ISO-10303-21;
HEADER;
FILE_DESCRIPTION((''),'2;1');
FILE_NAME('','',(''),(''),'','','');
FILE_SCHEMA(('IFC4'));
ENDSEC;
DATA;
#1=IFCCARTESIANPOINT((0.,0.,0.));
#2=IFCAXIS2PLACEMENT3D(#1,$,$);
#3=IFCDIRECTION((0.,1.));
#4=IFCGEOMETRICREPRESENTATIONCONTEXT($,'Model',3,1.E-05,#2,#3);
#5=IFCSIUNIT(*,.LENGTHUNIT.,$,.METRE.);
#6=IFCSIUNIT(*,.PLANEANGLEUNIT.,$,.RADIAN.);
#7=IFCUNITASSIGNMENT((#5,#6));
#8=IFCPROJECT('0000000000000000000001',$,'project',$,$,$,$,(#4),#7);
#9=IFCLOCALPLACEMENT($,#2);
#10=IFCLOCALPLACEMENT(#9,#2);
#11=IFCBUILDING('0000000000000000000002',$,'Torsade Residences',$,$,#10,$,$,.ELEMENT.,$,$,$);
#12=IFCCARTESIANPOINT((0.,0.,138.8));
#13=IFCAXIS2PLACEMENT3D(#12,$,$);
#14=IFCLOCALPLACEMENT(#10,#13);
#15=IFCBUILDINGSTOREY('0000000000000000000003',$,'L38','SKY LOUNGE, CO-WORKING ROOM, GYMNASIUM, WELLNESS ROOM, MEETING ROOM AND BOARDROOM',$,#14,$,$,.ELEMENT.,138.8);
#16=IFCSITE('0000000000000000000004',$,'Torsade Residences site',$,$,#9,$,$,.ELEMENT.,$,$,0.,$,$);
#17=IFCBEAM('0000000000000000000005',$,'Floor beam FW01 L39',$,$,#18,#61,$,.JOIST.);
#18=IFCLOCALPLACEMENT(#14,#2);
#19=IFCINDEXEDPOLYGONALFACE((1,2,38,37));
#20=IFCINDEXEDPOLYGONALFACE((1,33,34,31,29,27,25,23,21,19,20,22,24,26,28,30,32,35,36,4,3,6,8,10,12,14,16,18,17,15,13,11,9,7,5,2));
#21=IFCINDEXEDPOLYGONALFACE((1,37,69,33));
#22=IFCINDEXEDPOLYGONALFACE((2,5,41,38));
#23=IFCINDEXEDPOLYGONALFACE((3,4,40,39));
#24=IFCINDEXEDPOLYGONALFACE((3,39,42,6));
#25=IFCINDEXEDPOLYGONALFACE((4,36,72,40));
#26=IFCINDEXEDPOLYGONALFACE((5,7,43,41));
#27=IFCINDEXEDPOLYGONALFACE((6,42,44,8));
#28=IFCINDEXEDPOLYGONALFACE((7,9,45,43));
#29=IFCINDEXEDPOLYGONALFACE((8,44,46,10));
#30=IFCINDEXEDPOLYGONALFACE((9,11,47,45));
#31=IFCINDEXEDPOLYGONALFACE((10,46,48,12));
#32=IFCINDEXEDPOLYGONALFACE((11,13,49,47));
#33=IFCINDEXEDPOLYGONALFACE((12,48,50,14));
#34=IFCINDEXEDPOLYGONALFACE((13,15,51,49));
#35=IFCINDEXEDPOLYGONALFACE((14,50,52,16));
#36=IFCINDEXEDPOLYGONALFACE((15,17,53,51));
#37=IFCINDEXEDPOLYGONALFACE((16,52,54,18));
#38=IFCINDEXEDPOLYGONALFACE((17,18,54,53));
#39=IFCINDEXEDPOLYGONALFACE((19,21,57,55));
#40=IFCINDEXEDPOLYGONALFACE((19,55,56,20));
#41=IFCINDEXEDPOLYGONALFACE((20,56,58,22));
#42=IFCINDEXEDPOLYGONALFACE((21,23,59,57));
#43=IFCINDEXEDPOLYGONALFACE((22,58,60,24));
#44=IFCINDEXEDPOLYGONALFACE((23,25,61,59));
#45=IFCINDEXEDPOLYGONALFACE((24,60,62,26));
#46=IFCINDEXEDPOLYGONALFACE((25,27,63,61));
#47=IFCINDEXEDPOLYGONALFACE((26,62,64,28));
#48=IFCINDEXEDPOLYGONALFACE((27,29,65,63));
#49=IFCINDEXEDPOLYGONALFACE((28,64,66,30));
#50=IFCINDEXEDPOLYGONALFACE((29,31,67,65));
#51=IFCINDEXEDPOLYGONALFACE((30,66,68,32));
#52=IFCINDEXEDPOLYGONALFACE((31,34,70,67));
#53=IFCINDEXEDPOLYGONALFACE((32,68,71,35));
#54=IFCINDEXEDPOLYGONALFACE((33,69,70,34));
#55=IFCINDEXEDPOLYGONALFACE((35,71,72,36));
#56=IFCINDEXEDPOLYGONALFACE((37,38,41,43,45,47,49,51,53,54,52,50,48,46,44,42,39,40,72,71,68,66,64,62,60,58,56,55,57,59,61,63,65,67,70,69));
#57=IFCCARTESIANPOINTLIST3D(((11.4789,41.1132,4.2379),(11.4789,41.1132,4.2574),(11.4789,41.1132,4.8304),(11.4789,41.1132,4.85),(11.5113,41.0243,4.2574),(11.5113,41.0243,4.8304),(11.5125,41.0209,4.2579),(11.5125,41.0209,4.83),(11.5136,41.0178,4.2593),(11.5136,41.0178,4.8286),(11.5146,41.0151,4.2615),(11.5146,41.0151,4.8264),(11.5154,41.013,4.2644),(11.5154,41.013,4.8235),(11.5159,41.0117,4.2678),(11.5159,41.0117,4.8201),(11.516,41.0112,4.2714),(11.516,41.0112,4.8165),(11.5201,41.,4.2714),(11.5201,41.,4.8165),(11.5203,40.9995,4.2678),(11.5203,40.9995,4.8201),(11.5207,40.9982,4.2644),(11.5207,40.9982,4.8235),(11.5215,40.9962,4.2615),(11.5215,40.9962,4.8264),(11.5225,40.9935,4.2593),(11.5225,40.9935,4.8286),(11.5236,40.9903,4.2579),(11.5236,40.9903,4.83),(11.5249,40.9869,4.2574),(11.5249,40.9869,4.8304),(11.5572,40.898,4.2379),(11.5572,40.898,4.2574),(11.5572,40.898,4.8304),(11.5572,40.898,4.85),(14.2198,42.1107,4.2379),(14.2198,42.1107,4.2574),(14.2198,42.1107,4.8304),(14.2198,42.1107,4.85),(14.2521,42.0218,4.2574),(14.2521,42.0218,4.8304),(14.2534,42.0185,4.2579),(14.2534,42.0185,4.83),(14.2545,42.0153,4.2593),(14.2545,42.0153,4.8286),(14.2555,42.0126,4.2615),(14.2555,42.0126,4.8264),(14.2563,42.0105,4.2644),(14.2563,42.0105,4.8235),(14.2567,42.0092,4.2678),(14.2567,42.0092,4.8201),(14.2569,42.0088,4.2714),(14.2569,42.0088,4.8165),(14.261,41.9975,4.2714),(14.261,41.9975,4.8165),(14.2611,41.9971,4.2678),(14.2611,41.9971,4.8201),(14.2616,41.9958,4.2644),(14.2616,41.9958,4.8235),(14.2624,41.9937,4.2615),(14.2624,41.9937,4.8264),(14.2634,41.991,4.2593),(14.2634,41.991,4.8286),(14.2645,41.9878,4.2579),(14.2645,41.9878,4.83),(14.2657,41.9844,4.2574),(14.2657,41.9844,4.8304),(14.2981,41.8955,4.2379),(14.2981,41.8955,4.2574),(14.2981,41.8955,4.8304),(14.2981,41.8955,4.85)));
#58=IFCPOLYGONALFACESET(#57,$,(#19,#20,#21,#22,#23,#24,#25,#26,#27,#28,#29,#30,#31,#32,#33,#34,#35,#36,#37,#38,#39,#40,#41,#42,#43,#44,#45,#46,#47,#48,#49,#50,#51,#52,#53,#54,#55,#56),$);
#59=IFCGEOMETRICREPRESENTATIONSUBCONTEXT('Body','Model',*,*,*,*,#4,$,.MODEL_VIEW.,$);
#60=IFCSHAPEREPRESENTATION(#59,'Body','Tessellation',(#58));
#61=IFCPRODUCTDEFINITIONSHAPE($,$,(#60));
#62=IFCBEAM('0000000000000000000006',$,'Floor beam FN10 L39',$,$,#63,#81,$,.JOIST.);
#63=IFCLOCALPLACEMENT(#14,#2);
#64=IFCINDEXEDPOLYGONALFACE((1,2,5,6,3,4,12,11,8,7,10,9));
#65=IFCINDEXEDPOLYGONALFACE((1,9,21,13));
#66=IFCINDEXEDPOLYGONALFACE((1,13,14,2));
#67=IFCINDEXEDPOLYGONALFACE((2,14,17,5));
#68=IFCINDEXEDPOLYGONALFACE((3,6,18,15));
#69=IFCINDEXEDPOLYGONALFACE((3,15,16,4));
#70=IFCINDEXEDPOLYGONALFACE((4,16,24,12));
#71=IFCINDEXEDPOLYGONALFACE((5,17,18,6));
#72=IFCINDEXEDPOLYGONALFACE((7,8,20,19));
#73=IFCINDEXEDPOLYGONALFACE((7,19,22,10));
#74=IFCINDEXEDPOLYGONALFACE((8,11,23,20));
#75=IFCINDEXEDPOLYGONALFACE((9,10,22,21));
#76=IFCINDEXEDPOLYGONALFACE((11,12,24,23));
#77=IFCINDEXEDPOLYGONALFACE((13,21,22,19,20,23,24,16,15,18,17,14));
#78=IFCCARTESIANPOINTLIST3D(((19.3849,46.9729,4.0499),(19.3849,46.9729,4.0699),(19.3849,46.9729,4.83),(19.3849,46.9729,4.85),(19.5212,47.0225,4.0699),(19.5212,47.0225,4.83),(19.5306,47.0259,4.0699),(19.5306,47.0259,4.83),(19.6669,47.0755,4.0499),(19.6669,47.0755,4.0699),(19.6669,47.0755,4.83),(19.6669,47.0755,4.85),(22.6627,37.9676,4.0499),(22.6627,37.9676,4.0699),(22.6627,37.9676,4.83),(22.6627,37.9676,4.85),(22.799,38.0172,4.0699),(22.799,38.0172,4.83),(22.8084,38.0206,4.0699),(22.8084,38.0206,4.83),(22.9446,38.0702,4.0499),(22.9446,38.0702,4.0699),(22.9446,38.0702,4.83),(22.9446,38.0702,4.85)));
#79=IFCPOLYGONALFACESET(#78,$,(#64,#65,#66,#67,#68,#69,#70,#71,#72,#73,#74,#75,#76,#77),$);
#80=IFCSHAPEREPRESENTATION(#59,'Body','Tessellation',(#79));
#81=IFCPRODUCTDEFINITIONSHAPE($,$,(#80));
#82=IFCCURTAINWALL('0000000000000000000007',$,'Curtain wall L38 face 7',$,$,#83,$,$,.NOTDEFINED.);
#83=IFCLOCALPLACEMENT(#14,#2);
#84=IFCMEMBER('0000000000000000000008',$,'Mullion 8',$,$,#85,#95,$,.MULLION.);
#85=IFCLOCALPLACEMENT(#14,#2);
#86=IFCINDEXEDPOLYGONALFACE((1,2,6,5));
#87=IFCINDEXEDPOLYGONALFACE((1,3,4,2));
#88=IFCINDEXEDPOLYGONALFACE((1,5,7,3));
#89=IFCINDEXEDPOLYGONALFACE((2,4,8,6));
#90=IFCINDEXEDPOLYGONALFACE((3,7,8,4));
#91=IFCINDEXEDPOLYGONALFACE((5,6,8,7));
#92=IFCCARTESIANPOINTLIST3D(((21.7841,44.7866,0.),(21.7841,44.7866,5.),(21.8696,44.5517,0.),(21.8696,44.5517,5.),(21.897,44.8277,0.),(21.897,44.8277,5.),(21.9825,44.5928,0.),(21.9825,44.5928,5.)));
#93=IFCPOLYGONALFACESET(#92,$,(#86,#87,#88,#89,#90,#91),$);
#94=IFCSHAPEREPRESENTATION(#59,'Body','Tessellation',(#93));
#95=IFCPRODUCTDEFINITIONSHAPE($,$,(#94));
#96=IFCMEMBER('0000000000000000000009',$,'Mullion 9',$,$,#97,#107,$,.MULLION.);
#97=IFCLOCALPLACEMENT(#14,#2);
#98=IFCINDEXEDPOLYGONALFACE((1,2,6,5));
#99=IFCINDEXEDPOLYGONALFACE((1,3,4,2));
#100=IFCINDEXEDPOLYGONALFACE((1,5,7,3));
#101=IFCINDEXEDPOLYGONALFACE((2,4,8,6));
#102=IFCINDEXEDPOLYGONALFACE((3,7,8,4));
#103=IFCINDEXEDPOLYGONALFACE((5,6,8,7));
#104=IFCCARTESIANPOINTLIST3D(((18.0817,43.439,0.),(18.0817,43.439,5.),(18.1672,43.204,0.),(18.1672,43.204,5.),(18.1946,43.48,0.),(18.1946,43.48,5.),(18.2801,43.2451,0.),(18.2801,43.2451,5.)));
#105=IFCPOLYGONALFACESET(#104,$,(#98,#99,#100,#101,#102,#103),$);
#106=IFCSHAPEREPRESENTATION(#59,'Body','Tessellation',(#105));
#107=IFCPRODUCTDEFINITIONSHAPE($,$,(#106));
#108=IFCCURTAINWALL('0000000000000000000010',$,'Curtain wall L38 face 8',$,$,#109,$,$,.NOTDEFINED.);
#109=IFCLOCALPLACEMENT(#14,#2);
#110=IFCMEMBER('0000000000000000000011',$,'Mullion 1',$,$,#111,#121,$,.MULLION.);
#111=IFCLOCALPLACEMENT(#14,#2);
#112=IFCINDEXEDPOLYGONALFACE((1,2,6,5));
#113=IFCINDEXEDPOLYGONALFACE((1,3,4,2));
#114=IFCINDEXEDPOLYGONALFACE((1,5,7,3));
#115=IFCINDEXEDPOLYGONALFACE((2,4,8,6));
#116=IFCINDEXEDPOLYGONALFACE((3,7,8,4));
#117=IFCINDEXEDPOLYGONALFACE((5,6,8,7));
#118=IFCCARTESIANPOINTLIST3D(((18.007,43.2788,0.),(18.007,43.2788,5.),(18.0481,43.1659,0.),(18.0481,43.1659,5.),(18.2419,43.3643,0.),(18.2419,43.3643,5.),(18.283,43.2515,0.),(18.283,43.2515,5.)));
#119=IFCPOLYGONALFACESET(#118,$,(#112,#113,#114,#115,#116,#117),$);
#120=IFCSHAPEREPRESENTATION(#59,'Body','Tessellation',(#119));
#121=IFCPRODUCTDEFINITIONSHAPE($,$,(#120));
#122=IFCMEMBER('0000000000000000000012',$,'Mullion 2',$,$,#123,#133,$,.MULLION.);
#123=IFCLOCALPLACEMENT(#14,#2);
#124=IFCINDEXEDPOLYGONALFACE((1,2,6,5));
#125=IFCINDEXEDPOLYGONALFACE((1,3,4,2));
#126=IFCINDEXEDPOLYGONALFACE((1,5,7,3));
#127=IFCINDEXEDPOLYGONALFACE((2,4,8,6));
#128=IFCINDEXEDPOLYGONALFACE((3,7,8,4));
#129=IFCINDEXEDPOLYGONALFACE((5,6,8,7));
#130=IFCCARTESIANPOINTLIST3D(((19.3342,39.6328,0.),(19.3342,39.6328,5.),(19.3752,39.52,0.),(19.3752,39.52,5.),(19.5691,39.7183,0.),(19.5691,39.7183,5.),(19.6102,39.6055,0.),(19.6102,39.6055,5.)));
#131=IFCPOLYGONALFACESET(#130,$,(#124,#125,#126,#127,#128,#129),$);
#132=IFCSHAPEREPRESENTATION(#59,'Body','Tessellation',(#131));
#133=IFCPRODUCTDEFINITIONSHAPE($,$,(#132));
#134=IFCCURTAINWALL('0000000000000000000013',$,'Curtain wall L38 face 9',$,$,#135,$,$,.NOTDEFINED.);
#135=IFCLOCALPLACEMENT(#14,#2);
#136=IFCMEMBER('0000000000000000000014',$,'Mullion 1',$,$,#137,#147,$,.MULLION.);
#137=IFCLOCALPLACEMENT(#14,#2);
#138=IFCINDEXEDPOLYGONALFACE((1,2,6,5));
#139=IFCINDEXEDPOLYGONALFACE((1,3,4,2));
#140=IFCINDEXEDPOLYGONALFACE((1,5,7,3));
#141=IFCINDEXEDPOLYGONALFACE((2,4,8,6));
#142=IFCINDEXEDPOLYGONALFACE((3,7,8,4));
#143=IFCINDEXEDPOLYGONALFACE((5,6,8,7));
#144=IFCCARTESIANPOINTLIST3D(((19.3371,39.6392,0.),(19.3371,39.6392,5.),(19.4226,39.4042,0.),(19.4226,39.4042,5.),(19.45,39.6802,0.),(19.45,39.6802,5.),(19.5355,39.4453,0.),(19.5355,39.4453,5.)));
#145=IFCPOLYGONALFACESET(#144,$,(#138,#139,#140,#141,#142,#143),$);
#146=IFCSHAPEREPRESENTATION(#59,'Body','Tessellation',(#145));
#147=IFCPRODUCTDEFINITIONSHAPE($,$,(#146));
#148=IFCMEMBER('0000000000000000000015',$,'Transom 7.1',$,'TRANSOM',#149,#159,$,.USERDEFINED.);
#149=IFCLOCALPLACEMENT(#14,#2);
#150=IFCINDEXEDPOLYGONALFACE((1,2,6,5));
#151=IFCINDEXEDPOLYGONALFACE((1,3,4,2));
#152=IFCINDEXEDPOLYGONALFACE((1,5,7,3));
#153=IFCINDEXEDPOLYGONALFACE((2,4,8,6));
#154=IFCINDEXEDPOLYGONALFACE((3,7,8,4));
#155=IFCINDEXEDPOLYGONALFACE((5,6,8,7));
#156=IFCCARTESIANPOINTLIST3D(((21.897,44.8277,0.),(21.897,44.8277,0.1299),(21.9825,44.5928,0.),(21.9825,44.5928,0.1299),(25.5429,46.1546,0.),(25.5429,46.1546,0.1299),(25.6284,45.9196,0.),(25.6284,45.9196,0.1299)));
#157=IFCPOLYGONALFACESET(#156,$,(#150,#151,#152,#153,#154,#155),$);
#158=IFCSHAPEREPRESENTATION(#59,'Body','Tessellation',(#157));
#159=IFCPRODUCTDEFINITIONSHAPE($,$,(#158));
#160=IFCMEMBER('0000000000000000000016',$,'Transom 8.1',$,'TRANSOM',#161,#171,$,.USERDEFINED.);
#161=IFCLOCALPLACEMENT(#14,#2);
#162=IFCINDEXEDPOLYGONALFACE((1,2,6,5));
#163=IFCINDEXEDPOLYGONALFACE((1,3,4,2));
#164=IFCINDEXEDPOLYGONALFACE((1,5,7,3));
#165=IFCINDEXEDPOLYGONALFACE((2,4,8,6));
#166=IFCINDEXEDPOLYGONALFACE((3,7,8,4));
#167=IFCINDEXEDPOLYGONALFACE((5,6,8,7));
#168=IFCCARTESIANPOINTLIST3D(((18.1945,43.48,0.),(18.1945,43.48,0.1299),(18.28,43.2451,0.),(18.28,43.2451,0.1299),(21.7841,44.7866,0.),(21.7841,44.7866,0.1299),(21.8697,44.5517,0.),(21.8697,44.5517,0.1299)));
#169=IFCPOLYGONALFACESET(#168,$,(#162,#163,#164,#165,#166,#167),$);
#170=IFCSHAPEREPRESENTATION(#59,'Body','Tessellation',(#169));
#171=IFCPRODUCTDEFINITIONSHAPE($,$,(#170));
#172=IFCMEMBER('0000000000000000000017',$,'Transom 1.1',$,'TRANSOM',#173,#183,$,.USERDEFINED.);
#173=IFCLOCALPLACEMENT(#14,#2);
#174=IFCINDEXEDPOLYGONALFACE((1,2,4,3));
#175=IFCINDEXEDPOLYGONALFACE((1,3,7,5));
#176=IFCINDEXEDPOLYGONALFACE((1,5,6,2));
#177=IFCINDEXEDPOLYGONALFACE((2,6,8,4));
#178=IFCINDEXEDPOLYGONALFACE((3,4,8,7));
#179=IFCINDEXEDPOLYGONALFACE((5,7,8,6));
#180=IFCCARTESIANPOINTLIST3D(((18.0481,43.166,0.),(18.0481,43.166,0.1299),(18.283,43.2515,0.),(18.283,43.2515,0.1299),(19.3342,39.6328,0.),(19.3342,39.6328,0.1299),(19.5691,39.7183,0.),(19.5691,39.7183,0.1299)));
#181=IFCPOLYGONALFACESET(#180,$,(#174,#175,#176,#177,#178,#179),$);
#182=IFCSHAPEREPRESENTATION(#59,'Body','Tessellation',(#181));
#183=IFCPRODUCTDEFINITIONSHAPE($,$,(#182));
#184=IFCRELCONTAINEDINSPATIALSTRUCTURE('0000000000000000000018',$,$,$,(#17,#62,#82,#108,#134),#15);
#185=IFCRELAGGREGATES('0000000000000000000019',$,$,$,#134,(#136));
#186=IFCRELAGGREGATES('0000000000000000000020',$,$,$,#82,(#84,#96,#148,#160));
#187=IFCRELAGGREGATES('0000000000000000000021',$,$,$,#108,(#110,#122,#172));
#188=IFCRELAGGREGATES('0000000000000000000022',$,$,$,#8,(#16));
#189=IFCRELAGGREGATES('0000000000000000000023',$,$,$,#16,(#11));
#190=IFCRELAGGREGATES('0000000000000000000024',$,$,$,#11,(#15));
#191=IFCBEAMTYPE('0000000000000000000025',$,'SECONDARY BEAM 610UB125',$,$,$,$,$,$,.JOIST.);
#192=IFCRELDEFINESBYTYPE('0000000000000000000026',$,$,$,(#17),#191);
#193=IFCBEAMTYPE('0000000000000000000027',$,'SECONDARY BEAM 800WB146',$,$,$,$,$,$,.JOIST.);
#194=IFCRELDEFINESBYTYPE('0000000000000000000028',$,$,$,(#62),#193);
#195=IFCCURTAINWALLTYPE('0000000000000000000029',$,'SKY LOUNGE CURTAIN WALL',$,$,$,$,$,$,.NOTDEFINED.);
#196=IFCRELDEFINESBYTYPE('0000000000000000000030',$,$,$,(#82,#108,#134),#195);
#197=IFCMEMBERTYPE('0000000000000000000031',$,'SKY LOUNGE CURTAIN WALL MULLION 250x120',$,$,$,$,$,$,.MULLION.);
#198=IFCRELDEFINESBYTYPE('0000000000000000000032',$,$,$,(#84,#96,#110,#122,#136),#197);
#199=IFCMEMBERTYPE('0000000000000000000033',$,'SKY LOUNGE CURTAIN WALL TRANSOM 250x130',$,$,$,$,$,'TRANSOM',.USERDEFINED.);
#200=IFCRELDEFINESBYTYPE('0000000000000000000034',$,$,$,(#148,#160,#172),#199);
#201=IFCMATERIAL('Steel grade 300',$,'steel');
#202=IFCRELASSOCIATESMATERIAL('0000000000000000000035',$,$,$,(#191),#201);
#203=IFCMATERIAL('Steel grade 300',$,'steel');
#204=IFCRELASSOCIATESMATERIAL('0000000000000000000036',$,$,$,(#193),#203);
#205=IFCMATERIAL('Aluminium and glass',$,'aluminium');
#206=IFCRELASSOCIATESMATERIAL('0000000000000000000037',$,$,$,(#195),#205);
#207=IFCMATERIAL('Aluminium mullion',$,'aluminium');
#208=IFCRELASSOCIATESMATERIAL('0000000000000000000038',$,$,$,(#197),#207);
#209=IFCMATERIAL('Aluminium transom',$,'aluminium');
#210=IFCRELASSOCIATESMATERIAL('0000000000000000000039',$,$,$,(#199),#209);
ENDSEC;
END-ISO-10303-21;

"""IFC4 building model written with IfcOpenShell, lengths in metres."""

from ifc_helpers import new_model, si_unit, direction, frame, origin, origin_2d, place, context, subcontext, project, spatial, rectangle, i_section, extrude, material, material_profile, profile_set, type_object, element, aggregate, save


model = new_model("IFC4")

# Units and contexts
model_context = context("Model", 3, precision=1e-05, world=origin(), true_north=direction((0.0, 1.0)))
body_context = subcontext(model_context, "Body", "Model", "MODEL_VIEW")
ifc_project = project(units=[si_unit("LENGTHUNIT", "METRE"), si_unit("PLANEANGLEUNIT", "RADIAN")], contexts=[model_context])

# Site, building, storey
site_placement = place(None, origin())
site = spatial("IfcSite", under=ifc_project, at=site_placement, Name="Torsade Residences site", CompositionType="ELEMENT", RefElevation=0.0)
building_placement = place(site_placement, origin())
building = spatial("IfcBuilding", under=site, at=building_placement, Name="Torsade Residences", CompositionType="ELEMENT")
storey_placement = place(building_placement, frame((0.0, 0.0, 138.8)))
storey = spatial("IfcBuildingStorey", under=building, at=storey_placement, Name="L38", Description="SKY LOUNGE, CO-WORKING ROOM, GYMNASIUM, WELLNESS ROOM, MEETING ROOM AND BOARDROOM", CompositionType="ELEMENT", Elevation=138.8)

# Beams
ifc_material_1 = material(Name="Steel grade 300", Category="steel")
ifc_material_profile_1 = material_profile(ifc_material_1, i_section(OverallWidth=0.229, OverallDepth=0.6121, WebThickness=0.012, FlangeThickness=0.0195, FilletRadius=0.0139, at=origin_2d()), Name="610UB125")
ifc_profile_set_1 = profile_set([ifc_material_profile_1], Name="Steel grade 300")
beam_type_1 = type_object("IfcBeamType", Name="SECONDARY BEAM 610UB125", PredefinedType="JOIST", material=ifc_profile_set_1)
for number, where, z_axis, x_axis, name in (
    (1, (11.5181, 41.0056, 4.5439), (0.939701, 0.341998, 0.0), (-0.341998, 0.939701, 0.0), "Floor beam FW01 L39"),
):
    element("IfcBeam", number, at=place(storey_placement, frame(where, z_axis=z_axis, x_axis=x_axis)), inside=storey, type_object=beam_type_1, Name=name, PredefinedType="JOIST", context=body_context, shape_type="SweptSolid", body=[
        extrude(i_section(OverallWidth=0.229, OverallDepth=0.6121, WebThickness=0.012, FlangeThickness=0.0195, FilletRadius=0.0139, at=origin_2d()), origin(), (0.0, 0.0, 1.0), 2.9167),
    ])
ifc_material_2 = material(Name="Steel grade 300", Category="steel")
ifc_material_profile_2 = material_profile(ifc_material_2, i_section(OverallWidth=0.3, OverallDepth=0.8, WebThickness=0.01, FlangeThickness=0.02, at=origin_2d()), Name="800WB146")
ifc_profile_set_2 = profile_set([ifc_material_profile_2], Name="Steel grade 300")
beam_type_2 = type_object("IfcBeamType", Name="SECONDARY BEAM 800WB146", PredefinedType="JOIST", material=ifc_profile_set_2)
beam_1_placement = place(storey_placement, frame((19.5259, 47.0242, 4.45), z_axis=(0.342034, -0.939688, 0.0), x_axis=(0.939688, 0.342034, 0.0)))
element("IfcBeam", 2, at=beam_1_placement, inside=storey, type_object=beam_type_2, Name="Floor beam FN10 L39", PredefinedType="JOIST", context=body_context, shape_type="SweptSolid", body=[
    extrude(i_section(OverallWidth=0.3, OverallDepth=0.8, WebThickness=0.01, FlangeThickness=0.02, at=origin_2d()), origin(), (0.0, 0.0, 1.0), 9.5833),
])

# Curtain walls, members
ifc_material_3 = material(Name="Aluminium and glass", Category="aluminium")
curtain_wall_type = type_object("IfcCurtainWallType", Name="SKY LOUNGE CURTAIN WALL", PredefinedType="NOTDEFINED", material=ifc_material_3)
curtain_wall_1_placement = place(storey_placement, origin())
curtain_wall_1 = element("IfcCurtainWall", 3, at=curtain_wall_1_placement, inside=storey, type_object=curtain_wall_type, Name="Curtain wall L38 face 7", PredefinedType="NOTDEFINED")
ifc_material_4 = material(Name="Aluminium mullion", Category="aluminium")
ifc_material_profile_3 = material_profile(ifc_material_4, rectangle(XDim=0.25, YDim=0.1201, at=origin_2d()), Name="SKY LOUNGE CURTAIN WALL MULLION 250x120")
ifc_profile_set_3 = profile_set([ifc_material_profile_3], Name="Aluminium mullion")
member_type_1 = type_object("IfcMemberType", Name="SKY LOUNGE CURTAIN WALL MULLION 250x120", PredefinedType="MULLION", material=ifc_profile_set_3)
member_1_placement = place(storey_placement, frame((21.8833, 44.6897, 0.0), z_axis=(0.0, 0.0, 1.0), x_axis=(0.34202, -0.939693, 0.0)))
member_1 = element("IfcMember", 4, at=member_1_placement, type_object=member_type_1, Name="Mullion 8", PredefinedType="MULLION", context=body_context, shape_type="SweptSolid", body=[
    extrude(rectangle(XDim=0.25, YDim=0.1201, at=origin_2d()), origin(), (0.0, 0.0, 1.0), 5.0),
])
member_2_placement = place(storey_placement, frame((18.1809, 43.342, 0.0), z_axis=(0.0, 0.0, 1.0), x_axis=(0.34202, -0.939693, 0.0)))
member_2 = element("IfcMember", 5, at=member_2_placement, type_object=member_type_1, Name="Mullion 9", PredefinedType="MULLION", context=body_context, shape_type="SweptSolid", body=[
    extrude(rectangle(XDim=0.25, YDim=0.1201, at=origin_2d()), origin(), (0.0, 0.0, 1.0), 5.0),
])
curtain_wall_2_placement = place(storey_placement, origin())
curtain_wall_2 = element("IfcCurtainWall", 6, at=curtain_wall_2_placement, inside=storey, type_object=curtain_wall_type, Name="Curtain wall L38 face 8", PredefinedType="NOTDEFINED")
member_3_placement = place(storey_placement, frame((18.145, 43.2651, 0.0), z_axis=(0.0, 0.0, 1.0), x_axis=(0.939693, 0.34202, 0.0)))
member_3 = element("IfcMember", 7, at=member_3_placement, type_object=member_type_1, Name="Mullion 1", PredefinedType="MULLION", context=body_context, shape_type="SweptSolid", body=[
    extrude(rectangle(XDim=0.25, YDim=0.1201, at=origin_2d()), origin(), (0.0, 0.0, 1.0), 5.0),
])
member_4_placement = place(storey_placement, frame((19.4722, 39.6191, 0.0), z_axis=(0.0, 0.0, 1.0), x_axis=(0.939693, 0.34202, 0.0)))
member_4 = element("IfcMember", 8, at=member_4_placement, type_object=member_type_1, Name="Mullion 2", PredefinedType="MULLION", context=body_context, shape_type="SweptSolid", body=[
    extrude(rectangle(XDim=0.25, YDim=0.1201, at=origin_2d()), origin(), (0.0, 0.0, 1.0), 5.0),
])

# Curtain wall, member
curtain_wall_3_placement = place(storey_placement, origin())
curtain_wall_3 = element("IfcCurtainWall", 9, at=curtain_wall_3_placement, inside=storey, type_object=curtain_wall_type, Name="Curtain wall L38 face 9", PredefinedType="NOTDEFINED")
member_5_placement = place(storey_placement, frame((19.4363, 39.5422, 0.0), z_axis=(0.0, 0.0, 1.0), x_axis=(0.34202, -0.939693, 0.0)))
member_5 = element("IfcMember", 10, at=member_5_placement, type_object=member_type_1, Name="Mullion 1", PredefinedType="MULLION", context=body_context, shape_type="SweptSolid", body=[
    extrude(rectangle(XDim=0.25, YDim=0.1201, at=origin_2d()), origin(), (0.0, 0.0, 1.0), 5.0),
])

# Members
ifc_material_5 = material(Name="Aluminium transom", Category="aluminium")
ifc_material_profile_4 = material_profile(ifc_material_5, rectangle(XDim=0.25, YDim=0.1299, at=origin_2d()), Name="SKY LOUNGE CURTAIN WALL TRANSOM 250x130")
ifc_profile_set_4 = profile_set([ifc_material_profile_4], Name="Aluminium transom")
member_type_2 = type_object("IfcMemberType", Name="SKY LOUNGE CURTAIN WALL TRANSOM 250x130", ElementType="TRANSOM", PredefinedType="USERDEFINED", material=ifc_profile_set_4)
member_6_placement = place(storey_placement, frame((25.5857, 46.0371, 0.0649), z_axis=(-0.939703, -0.341991, 0.0), x_axis=(0.341991, -0.939703, 0.0)))
member_6 = element("IfcMember", 11, at=member_6_placement, type_object=member_type_2, Name="Transom 7.1", ObjectType="TRANSOM", PredefinedType="USERDEFINED", context=body_context, shape_type="SweptSolid", body=[
    extrude(rectangle(XDim=0.25, YDim=0.1299, at=origin_2d()), origin(), (0.0, 0.0, 1.0), 3.8799),
])
member_7_placement = place(storey_placement, frame((21.8269, 44.6692, 0.0649), z_axis=(-0.939681, -0.342051, 0.0), x_axis=(0.342051, -0.939681, 0.0)))
member_7 = element("IfcMember", 12, at=member_7_placement, type_object=member_type_2, Name="Transom 8.1", ObjectType="TRANSOM", PredefinedType="USERDEFINED", context=body_context, shape_type="SweptSolid", body=[
    extrude(rectangle(XDim=0.25, YDim=0.1299, at=origin_2d()), origin(), (0.0, 0.0, 1.0), 3.8201),
])
member_8_placement = place(storey_placement, frame((18.1655, 43.2087, 0.0649), z_axis=(0.342056, -0.93968, 0.0), x_axis=(0.93968, 0.342056, 0.0)))
member_8 = element("IfcMember", 13, at=member_8_placement, type_object=member_type_2, Name="Transom 1.1", ObjectType="TRANSOM", PredefinedType="USERDEFINED", context=body_context, shape_type="SweptSolid", body=[
    extrude(rectangle(XDim=0.25, YDim=0.1299, at=origin_2d()), origin(), (0.0, 0.0, 1.0), 3.76),
])
aggregate(curtain_wall_3, [member_5])

aggregate(curtain_wall_1, [member_1, member_2, member_6, member_7])
aggregate(curtain_wall_2, [member_3, member_4, member_8])

save(model, "model.ifc")
